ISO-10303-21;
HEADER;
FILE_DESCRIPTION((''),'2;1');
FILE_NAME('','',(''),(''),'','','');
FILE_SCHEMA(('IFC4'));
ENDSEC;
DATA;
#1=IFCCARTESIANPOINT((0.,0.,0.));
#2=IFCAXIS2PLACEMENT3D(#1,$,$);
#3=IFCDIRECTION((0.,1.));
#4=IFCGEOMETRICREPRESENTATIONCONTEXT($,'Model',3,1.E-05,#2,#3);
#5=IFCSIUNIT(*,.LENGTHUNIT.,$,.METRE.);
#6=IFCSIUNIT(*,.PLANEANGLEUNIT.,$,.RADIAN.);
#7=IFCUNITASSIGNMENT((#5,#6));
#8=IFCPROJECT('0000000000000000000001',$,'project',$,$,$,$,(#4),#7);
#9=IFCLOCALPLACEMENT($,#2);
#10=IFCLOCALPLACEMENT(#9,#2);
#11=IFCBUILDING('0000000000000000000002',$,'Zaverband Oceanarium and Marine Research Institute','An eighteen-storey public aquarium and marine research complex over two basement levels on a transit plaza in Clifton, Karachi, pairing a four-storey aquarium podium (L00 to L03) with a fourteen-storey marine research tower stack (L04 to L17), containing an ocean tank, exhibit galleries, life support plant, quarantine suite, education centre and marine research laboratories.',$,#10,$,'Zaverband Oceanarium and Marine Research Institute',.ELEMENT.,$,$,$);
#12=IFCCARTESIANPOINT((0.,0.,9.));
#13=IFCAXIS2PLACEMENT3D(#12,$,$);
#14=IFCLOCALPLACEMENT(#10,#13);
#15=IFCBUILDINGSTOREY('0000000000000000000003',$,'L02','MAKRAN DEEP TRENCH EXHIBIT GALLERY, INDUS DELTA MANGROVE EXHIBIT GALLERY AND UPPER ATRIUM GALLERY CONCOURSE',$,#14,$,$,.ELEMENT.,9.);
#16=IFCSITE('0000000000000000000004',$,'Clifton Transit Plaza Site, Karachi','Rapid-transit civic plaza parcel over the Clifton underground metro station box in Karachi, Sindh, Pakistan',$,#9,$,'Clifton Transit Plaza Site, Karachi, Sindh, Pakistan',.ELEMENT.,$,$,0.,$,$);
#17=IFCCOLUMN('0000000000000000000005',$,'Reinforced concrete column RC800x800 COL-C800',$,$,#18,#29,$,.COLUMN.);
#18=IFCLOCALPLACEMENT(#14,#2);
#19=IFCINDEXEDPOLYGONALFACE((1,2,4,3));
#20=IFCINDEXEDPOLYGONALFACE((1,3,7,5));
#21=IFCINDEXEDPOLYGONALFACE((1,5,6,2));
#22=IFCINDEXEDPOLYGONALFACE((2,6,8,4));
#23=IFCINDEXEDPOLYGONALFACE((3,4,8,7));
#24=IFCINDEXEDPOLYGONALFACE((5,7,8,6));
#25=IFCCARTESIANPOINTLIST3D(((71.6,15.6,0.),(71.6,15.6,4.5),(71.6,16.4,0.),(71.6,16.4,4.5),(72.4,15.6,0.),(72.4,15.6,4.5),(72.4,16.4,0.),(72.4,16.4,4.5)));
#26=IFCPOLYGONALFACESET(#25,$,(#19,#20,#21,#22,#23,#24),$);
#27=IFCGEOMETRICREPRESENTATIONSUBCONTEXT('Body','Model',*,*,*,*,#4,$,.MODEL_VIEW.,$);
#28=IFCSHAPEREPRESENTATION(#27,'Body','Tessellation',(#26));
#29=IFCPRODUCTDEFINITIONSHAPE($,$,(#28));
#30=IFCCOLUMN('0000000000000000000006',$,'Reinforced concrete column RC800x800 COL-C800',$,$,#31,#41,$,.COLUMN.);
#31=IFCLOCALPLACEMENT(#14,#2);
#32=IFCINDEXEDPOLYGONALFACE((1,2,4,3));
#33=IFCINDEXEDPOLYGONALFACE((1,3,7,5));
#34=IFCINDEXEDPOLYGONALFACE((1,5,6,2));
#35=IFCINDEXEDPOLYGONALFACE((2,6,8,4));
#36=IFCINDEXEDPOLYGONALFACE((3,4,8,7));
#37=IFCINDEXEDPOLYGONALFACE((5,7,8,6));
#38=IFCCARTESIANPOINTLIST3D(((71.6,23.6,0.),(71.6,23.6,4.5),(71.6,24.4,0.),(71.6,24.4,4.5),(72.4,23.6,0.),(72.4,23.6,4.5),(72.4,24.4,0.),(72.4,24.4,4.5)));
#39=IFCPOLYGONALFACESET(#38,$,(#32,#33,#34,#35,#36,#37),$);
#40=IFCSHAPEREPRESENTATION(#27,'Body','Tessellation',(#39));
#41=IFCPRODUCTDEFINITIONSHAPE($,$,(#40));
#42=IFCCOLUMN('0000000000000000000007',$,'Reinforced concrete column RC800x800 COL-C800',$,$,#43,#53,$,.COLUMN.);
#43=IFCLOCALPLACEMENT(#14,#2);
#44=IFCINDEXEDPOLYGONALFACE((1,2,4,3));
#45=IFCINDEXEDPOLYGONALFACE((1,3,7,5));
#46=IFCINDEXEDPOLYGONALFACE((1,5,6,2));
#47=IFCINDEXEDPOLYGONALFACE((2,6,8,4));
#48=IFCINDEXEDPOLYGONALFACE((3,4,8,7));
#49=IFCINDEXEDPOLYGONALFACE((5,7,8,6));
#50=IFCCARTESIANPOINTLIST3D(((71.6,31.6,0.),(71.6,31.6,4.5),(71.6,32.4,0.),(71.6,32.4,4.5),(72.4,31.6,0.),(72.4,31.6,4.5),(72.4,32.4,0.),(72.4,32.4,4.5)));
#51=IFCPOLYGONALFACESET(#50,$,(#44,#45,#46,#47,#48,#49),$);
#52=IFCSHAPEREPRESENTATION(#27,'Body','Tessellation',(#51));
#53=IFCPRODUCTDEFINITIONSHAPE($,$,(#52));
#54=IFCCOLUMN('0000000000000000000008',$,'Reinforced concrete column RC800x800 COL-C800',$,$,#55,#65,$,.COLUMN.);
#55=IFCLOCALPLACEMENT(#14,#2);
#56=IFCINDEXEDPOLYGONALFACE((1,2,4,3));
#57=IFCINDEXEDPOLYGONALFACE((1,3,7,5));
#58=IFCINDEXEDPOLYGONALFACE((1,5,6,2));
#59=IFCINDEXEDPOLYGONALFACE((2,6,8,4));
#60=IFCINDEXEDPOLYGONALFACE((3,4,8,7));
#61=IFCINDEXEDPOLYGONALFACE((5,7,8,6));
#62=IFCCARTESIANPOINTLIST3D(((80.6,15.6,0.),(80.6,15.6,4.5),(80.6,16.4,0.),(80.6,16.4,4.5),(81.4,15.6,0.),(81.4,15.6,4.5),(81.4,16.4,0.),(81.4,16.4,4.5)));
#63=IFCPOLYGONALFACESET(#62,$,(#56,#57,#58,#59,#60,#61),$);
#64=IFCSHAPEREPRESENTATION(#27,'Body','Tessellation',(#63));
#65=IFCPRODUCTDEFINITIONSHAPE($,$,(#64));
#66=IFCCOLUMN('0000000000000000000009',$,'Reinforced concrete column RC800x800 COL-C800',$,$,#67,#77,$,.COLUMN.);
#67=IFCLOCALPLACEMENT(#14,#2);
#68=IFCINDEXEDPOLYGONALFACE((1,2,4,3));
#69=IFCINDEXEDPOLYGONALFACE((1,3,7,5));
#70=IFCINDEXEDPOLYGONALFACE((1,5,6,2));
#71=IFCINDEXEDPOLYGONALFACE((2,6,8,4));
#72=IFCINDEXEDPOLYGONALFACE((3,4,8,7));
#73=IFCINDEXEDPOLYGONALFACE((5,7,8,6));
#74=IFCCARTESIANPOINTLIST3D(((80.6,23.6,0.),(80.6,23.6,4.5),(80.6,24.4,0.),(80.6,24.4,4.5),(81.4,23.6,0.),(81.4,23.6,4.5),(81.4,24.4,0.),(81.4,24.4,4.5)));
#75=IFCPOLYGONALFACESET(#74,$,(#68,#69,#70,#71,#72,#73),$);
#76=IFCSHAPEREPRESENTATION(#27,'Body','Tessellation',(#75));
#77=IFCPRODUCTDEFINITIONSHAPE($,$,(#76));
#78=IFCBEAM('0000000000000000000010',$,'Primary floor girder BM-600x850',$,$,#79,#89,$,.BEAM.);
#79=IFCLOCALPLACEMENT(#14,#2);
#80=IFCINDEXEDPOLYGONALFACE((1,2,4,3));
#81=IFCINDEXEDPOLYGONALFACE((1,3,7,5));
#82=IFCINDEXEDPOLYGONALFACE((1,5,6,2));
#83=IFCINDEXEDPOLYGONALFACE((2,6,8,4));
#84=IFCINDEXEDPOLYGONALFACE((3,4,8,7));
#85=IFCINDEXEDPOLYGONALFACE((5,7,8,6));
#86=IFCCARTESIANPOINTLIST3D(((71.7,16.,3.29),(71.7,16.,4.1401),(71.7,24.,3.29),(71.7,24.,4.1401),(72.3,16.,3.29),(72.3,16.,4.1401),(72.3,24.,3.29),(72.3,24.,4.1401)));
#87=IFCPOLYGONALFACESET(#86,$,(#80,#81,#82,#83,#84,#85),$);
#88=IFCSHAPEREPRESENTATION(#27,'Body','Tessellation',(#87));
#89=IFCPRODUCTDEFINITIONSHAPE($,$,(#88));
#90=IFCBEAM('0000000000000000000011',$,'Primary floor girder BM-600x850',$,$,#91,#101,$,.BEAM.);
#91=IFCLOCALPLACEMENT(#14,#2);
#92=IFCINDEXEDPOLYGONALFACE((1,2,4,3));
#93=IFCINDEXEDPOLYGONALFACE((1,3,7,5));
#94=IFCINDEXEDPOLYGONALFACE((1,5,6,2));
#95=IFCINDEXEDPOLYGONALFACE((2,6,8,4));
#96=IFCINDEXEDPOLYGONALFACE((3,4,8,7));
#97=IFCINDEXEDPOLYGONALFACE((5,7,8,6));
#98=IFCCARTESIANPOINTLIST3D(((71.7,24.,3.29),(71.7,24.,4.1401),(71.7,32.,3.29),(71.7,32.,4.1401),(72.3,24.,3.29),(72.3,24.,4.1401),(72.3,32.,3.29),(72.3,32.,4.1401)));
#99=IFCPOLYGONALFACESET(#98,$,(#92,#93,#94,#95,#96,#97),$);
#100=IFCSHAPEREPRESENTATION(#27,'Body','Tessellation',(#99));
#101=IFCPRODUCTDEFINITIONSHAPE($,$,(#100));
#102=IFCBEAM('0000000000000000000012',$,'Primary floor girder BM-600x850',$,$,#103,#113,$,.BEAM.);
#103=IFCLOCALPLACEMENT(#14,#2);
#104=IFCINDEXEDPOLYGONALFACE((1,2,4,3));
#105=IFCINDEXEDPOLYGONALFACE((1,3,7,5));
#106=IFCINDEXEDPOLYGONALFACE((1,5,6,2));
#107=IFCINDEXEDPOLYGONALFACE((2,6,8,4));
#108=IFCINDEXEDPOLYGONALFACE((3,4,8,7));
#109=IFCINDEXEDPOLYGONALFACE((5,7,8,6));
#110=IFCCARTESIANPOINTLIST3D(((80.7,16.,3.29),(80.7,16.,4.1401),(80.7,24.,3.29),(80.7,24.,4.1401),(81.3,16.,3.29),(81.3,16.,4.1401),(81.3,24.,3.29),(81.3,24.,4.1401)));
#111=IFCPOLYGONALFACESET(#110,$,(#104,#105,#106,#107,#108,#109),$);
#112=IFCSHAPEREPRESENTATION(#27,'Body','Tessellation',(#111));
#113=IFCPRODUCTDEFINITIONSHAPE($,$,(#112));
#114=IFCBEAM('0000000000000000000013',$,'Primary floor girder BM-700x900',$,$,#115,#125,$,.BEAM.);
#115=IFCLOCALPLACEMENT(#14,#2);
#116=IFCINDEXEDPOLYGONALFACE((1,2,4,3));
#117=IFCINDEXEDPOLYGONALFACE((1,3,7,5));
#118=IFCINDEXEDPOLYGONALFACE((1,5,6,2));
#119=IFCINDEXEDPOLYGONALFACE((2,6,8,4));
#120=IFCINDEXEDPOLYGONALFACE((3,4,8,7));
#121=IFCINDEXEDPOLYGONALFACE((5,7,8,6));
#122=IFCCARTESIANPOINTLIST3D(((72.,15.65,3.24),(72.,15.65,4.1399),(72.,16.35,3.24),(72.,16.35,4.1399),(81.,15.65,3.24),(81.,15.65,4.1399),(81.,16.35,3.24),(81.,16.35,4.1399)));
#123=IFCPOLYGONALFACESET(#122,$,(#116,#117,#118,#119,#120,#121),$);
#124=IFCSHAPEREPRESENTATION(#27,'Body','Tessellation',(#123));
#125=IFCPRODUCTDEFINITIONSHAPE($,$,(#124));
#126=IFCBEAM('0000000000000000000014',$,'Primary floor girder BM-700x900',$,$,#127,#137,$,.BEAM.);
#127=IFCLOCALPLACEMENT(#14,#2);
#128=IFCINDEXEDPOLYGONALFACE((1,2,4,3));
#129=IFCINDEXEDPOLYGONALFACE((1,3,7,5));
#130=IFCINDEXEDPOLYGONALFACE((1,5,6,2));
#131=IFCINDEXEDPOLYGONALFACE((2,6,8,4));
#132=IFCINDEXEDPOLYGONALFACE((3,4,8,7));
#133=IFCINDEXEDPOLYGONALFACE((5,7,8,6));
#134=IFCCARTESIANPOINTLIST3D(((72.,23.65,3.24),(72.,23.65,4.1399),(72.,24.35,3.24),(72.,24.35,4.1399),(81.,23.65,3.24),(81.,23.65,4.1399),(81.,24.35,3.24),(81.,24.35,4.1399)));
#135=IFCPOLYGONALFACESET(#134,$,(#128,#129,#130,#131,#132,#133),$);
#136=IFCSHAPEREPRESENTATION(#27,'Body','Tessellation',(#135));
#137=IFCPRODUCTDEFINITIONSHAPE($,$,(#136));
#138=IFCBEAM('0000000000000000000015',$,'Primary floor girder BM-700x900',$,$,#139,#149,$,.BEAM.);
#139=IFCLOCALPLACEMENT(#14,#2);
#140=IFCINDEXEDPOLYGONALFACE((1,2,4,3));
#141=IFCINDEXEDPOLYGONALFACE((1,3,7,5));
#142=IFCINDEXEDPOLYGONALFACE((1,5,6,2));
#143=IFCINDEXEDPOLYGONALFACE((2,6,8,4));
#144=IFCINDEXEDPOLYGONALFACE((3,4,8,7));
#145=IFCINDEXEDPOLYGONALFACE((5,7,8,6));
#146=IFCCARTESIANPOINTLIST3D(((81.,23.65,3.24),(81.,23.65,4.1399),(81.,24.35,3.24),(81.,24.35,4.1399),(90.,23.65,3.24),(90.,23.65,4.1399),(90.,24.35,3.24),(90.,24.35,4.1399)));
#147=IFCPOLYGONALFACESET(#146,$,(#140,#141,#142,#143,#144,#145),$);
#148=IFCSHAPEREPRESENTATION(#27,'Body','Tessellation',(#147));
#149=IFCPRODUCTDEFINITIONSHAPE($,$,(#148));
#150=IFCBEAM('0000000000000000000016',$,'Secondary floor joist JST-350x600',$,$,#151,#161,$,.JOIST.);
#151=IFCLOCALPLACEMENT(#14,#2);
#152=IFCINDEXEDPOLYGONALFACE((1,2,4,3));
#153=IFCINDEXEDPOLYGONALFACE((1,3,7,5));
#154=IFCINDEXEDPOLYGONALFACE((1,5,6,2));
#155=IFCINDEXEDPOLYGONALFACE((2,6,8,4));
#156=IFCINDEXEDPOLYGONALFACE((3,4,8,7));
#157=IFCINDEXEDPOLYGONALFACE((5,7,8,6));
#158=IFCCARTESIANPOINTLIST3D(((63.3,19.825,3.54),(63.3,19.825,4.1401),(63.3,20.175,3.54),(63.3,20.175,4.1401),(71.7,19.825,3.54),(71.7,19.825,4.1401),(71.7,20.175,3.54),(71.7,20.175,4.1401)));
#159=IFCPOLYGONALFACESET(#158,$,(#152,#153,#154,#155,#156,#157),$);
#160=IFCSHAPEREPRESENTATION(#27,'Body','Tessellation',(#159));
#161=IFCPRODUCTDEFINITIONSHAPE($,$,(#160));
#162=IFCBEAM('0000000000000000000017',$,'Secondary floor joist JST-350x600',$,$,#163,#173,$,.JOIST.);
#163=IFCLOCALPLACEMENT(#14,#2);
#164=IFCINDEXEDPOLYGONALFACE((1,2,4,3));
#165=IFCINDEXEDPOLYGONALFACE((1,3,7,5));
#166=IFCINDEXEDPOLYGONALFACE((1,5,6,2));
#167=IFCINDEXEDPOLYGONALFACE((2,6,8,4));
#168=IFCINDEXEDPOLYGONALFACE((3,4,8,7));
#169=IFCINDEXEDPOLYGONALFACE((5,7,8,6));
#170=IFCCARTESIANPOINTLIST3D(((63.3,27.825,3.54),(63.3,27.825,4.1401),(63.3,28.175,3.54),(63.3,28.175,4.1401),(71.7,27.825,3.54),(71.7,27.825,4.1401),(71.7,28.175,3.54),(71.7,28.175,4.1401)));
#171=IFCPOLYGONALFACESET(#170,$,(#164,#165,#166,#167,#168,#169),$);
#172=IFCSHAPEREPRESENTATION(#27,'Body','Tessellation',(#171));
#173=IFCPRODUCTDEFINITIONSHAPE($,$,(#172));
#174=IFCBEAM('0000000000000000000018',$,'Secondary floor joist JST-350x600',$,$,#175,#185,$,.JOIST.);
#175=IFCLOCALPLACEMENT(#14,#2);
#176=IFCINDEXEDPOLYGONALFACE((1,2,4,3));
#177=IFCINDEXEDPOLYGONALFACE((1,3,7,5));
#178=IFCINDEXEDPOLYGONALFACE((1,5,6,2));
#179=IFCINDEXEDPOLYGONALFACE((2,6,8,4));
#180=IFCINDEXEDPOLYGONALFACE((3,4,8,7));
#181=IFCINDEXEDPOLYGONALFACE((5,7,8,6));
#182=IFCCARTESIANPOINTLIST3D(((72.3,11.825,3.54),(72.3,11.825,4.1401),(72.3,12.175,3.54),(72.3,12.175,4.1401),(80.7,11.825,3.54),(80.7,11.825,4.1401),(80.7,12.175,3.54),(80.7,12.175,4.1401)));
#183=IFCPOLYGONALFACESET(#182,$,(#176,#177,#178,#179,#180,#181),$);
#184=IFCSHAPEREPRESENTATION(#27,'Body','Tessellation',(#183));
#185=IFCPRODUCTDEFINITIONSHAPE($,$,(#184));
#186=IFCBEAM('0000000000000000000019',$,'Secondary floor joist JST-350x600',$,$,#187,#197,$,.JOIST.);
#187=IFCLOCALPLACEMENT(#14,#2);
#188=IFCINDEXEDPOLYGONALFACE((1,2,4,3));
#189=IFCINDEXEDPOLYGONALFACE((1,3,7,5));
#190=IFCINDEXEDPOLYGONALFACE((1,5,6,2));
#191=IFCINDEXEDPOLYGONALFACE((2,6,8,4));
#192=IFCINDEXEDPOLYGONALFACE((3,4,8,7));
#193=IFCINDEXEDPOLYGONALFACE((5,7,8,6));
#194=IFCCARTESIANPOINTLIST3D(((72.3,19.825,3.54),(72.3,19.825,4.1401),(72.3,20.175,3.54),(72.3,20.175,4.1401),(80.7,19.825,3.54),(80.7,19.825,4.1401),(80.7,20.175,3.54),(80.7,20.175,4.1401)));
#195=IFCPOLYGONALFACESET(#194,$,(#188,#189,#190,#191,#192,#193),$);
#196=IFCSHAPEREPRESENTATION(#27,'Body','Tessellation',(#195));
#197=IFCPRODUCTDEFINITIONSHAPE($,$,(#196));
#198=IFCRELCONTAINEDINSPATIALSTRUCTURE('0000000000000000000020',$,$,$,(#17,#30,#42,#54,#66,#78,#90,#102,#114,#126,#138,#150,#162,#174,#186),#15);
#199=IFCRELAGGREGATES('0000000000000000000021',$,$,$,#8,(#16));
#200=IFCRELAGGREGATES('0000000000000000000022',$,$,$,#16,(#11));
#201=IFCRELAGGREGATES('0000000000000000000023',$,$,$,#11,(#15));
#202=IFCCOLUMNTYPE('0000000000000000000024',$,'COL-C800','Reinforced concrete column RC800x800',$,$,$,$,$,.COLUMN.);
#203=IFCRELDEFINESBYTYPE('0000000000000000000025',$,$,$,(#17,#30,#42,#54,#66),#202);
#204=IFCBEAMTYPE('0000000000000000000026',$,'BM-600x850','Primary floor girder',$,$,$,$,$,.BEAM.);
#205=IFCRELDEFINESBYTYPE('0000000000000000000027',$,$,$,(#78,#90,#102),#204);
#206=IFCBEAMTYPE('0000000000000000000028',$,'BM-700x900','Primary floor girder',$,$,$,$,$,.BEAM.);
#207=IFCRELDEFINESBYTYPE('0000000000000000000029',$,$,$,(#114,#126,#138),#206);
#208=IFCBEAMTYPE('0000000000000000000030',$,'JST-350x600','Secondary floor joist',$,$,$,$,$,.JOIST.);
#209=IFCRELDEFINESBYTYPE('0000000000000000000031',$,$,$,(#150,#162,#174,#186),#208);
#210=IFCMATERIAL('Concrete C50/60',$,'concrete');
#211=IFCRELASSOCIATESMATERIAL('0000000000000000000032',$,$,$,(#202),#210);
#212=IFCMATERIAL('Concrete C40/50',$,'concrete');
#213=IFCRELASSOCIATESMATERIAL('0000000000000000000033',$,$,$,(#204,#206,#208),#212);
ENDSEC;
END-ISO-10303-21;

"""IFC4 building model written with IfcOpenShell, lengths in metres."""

from ifc_helpers import new_model, si_unit, direction, frame, origin, origin_2d, place, context, subcontext, project, spatial, rectangle, extrude, material, material_profile, profile_set, type_object, element, save


model = new_model("IFC4")

# Units and contexts
model_context = context("Model", 3, precision=1e-05, world=origin(), true_north=direction((0.0, 1.0)))
body_context = subcontext(model_context, "Body", "Model", "MODEL_VIEW")
ifc_project = project(units=[si_unit("LENGTHUNIT", "METRE"), si_unit("PLANEANGLEUNIT", "RADIAN")], contexts=[model_context])

# Site, building, storey
site_placement = place(None, origin())
site = spatial("IfcSite", under=ifc_project, at=site_placement, Name="Clifton Transit Plaza Site, Karachi", Description="Rapid-transit civic plaza parcel over the Clifton underground metro station box in Karachi, Sindh, Pakistan", LongName="Clifton Transit Plaza Site, Karachi, Sindh, Pakistan", CompositionType="ELEMENT", RefElevation=0.0)
building_placement = place(site_placement, origin())
building = spatial("IfcBuilding", under=site, at=building_placement, Name="Zaverband Oceanarium and Marine Research Institute", Description="An eighteen-storey public aquarium and marine research complex over two basement levels on a transit plaza in Clifton, Karachi, pairing a four-storey aquarium podium (L00 to L03) with a fourteen-storey marine research tower stack (L04 to L17), containing an ocean tank, exhibit galleries, life support plant, quarantine suite, education centre and marine research laboratories.", LongName="Zaverband Oceanarium and Marine Research Institute", CompositionType="ELEMENT")
storey_placement = place(building_placement, frame((0.0, 0.0, 9.0)))
storey = spatial("IfcBuildingStorey", under=building, at=storey_placement, Name="L02", Description="MAKRAN DEEP TRENCH EXHIBIT GALLERY, INDUS DELTA MANGROVE EXHIBIT GALLERY AND UPPER ATRIUM GALLERY CONCOURSE", CompositionType="ELEMENT", Elevation=9.0)

# Columns
ifc_material_1 = material(Name="Concrete C50/60", Category="concrete")
ifc_material_profile_1 = material_profile(ifc_material_1, rectangle(XDim=0.8, YDim=0.8, at=origin_2d()), Name="RC800x800")
ifc_profile_set_1 = profile_set([ifc_material_profile_1], Name="Concrete C50/60")
column_type = type_object("IfcColumnType", Name="COL-C800", Description="Reinforced concrete column RC800x800", PredefinedType="COLUMN", material=ifc_profile_set_1)
for number, where, z_axis, x_axis, name in (
    (1, (72.0, 16.0, 0.0), (0.0, 0.0, 1.0), (1.0, 0.0, 0.0), "Reinforced concrete column RC800x800 COL-C800"),
    (2, (72.0, 24.0, 0.0), (0.0, 0.0, 1.0), (1.0, 0.0, 0.0), "Reinforced concrete column RC800x800 COL-C800"),
    (3, (72.0, 32.0, 0.0), (0.0, 0.0, 1.0), (1.0, 0.0, 0.0), "Reinforced concrete column RC800x800 COL-C800"),
    (4, (81.0, 16.0, 0.0), (0.0, 0.0, 1.0), (1.0, 0.0, 0.0), "Reinforced concrete column RC800x800 COL-C800"),
    (5, (81.0, 24.0, 0.0), (0.0, 0.0, 1.0), (1.0, 0.0, 0.0), "Reinforced concrete column RC800x800 COL-C800"),
):
    element("IfcColumn", number, at=place(storey_placement, frame(where, z_axis=z_axis, x_axis=x_axis)), inside=storey, type_object=column_type, Name=name, PredefinedType="COLUMN", context=body_context, shape_type="SweptSolid", body=[
        extrude(rectangle(XDim=0.8, YDim=0.8, at=origin_2d()), origin(), (0.0, 0.0, 1.0), 4.5),
    ])

# Beams
ifc_material_2 = material(Name="Concrete C40/50", Category="concrete")
ifc_material_profile_2 = material_profile(ifc_material_2, rectangle(XDim=0.6001, YDim=0.8501, at=origin_2d()), Name="RC600x850")
ifc_profile_set_2 = profile_set([ifc_material_profile_2], Name="Concrete C40/50")
beam_type_1 = type_object("IfcBeamType", Name="BM-600x850", Description="Primary floor girder", PredefinedType="BEAM", material=ifc_profile_set_2)
for number, where, z_axis, x_axis, name in (
    (6, (72.0, 16.0, 3.7151), (0.0, 1.0, 0.0), (-1.0, 0.0, 0.0), "Primary floor girder BM-600x850"),
    (7, (72.0, 24.0, 3.7151), (0.0, 1.0, 0.0), (-1.0, 0.0, 0.0), "Primary floor girder BM-600x850"),
    (8, (81.0, 16.0, 3.7151), (0.0, 1.0, 0.0), (-1.0, 0.0, 0.0), "Primary floor girder BM-600x850"),
):
    element("IfcBeam", number, at=place(storey_placement, frame(where, z_axis=z_axis, x_axis=x_axis)), inside=storey, type_object=beam_type_1, Name=name, PredefinedType="BEAM", context=body_context, shape_type="SweptSolid", body=[
        extrude(rectangle(XDim=0.6001, YDim=0.8501, at=origin_2d()), origin(), (0.0, 0.0, 1.0), 8.0),
    ])
ifc_material_profile_3 = material_profile(ifc_material_2, rectangle(XDim=0.7, YDim=0.8999, at=origin_2d()), Name="RC700x900")
ifc_profile_set_3 = profile_set([ifc_material_profile_3], Name="Concrete C40/50")
beam_type_2 = type_object("IfcBeamType", Name="BM-700x900", Description="Primary floor girder", PredefinedType="BEAM", material=ifc_profile_set_3)
for number, where, z_axis, x_axis, name in (
    (9, (72.0, 16.0, 3.6899), (1.0, 0.0, 0.0), (0.0, 1.0, 0.0), "Primary floor girder BM-700x900"),
    (10, (72.0, 24.0, 3.6899), (1.0, 0.0, 0.0), (0.0, 1.0, 0.0), "Primary floor girder BM-700x900"),
    (11, (81.0, 24.0, 3.6899), (1.0, 0.0, 0.0), (0.0, 1.0, 0.0), "Primary floor girder BM-700x900"),
):
    element("IfcBeam", number, at=place(storey_placement, frame(where, z_axis=z_axis, x_axis=x_axis)), inside=storey, type_object=beam_type_2, Name=name, PredefinedType="BEAM", context=body_context, shape_type="SweptSolid", body=[
        extrude(rectangle(XDim=0.7, YDim=0.8999, at=origin_2d()), origin(), (0.0, 0.0, 1.0), 9.0),
    ])
ifc_material_profile_4 = material_profile(ifc_material_2, rectangle(XDim=0.3501, YDim=0.6001, at=origin_2d()), Name="RC350x600")
ifc_profile_set_4 = profile_set([ifc_material_profile_4], Name="Concrete C40/50")
beam_type_3 = type_object("IfcBeamType", Name="JST-350x600", Description="Secondary floor joist", PredefinedType="JOIST", material=ifc_profile_set_4)
for number, where, z_axis, x_axis, name in (
    (12, (63.3, 20.0, 3.8401), (1.0, 0.0, 0.0), (0.0, 1.0, 0.0), "Secondary floor joist JST-350x600"),
    (13, (63.3, 28.0, 3.8401), (1.0, 0.0, 0.0), (0.0, 1.0, 0.0), "Secondary floor joist JST-350x600"),
    (14, (72.3, 12.0, 3.8401), (1.0, 0.0, 0.0), (0.0, 1.0, 0.0), "Secondary floor joist JST-350x600"),
    (15, (72.3, 20.0, 3.8401), (1.0, 0.0, 0.0), (0.0, 1.0, 0.0), "Secondary floor joist JST-350x600"),
):
    element("IfcBeam", number, at=place(storey_placement, frame(where, z_axis=z_axis, x_axis=x_axis)), inside=storey, type_object=beam_type_3, Name=name, PredefinedType="JOIST", context=body_context, shape_type="SweptSolid", body=[
        extrude(rectangle(XDim=0.3501, YDim=0.6001, at=origin_2d()), origin(), (0.0, 0.0, 1.0), 8.3999),
    ])

save(model, "model.ifc")
